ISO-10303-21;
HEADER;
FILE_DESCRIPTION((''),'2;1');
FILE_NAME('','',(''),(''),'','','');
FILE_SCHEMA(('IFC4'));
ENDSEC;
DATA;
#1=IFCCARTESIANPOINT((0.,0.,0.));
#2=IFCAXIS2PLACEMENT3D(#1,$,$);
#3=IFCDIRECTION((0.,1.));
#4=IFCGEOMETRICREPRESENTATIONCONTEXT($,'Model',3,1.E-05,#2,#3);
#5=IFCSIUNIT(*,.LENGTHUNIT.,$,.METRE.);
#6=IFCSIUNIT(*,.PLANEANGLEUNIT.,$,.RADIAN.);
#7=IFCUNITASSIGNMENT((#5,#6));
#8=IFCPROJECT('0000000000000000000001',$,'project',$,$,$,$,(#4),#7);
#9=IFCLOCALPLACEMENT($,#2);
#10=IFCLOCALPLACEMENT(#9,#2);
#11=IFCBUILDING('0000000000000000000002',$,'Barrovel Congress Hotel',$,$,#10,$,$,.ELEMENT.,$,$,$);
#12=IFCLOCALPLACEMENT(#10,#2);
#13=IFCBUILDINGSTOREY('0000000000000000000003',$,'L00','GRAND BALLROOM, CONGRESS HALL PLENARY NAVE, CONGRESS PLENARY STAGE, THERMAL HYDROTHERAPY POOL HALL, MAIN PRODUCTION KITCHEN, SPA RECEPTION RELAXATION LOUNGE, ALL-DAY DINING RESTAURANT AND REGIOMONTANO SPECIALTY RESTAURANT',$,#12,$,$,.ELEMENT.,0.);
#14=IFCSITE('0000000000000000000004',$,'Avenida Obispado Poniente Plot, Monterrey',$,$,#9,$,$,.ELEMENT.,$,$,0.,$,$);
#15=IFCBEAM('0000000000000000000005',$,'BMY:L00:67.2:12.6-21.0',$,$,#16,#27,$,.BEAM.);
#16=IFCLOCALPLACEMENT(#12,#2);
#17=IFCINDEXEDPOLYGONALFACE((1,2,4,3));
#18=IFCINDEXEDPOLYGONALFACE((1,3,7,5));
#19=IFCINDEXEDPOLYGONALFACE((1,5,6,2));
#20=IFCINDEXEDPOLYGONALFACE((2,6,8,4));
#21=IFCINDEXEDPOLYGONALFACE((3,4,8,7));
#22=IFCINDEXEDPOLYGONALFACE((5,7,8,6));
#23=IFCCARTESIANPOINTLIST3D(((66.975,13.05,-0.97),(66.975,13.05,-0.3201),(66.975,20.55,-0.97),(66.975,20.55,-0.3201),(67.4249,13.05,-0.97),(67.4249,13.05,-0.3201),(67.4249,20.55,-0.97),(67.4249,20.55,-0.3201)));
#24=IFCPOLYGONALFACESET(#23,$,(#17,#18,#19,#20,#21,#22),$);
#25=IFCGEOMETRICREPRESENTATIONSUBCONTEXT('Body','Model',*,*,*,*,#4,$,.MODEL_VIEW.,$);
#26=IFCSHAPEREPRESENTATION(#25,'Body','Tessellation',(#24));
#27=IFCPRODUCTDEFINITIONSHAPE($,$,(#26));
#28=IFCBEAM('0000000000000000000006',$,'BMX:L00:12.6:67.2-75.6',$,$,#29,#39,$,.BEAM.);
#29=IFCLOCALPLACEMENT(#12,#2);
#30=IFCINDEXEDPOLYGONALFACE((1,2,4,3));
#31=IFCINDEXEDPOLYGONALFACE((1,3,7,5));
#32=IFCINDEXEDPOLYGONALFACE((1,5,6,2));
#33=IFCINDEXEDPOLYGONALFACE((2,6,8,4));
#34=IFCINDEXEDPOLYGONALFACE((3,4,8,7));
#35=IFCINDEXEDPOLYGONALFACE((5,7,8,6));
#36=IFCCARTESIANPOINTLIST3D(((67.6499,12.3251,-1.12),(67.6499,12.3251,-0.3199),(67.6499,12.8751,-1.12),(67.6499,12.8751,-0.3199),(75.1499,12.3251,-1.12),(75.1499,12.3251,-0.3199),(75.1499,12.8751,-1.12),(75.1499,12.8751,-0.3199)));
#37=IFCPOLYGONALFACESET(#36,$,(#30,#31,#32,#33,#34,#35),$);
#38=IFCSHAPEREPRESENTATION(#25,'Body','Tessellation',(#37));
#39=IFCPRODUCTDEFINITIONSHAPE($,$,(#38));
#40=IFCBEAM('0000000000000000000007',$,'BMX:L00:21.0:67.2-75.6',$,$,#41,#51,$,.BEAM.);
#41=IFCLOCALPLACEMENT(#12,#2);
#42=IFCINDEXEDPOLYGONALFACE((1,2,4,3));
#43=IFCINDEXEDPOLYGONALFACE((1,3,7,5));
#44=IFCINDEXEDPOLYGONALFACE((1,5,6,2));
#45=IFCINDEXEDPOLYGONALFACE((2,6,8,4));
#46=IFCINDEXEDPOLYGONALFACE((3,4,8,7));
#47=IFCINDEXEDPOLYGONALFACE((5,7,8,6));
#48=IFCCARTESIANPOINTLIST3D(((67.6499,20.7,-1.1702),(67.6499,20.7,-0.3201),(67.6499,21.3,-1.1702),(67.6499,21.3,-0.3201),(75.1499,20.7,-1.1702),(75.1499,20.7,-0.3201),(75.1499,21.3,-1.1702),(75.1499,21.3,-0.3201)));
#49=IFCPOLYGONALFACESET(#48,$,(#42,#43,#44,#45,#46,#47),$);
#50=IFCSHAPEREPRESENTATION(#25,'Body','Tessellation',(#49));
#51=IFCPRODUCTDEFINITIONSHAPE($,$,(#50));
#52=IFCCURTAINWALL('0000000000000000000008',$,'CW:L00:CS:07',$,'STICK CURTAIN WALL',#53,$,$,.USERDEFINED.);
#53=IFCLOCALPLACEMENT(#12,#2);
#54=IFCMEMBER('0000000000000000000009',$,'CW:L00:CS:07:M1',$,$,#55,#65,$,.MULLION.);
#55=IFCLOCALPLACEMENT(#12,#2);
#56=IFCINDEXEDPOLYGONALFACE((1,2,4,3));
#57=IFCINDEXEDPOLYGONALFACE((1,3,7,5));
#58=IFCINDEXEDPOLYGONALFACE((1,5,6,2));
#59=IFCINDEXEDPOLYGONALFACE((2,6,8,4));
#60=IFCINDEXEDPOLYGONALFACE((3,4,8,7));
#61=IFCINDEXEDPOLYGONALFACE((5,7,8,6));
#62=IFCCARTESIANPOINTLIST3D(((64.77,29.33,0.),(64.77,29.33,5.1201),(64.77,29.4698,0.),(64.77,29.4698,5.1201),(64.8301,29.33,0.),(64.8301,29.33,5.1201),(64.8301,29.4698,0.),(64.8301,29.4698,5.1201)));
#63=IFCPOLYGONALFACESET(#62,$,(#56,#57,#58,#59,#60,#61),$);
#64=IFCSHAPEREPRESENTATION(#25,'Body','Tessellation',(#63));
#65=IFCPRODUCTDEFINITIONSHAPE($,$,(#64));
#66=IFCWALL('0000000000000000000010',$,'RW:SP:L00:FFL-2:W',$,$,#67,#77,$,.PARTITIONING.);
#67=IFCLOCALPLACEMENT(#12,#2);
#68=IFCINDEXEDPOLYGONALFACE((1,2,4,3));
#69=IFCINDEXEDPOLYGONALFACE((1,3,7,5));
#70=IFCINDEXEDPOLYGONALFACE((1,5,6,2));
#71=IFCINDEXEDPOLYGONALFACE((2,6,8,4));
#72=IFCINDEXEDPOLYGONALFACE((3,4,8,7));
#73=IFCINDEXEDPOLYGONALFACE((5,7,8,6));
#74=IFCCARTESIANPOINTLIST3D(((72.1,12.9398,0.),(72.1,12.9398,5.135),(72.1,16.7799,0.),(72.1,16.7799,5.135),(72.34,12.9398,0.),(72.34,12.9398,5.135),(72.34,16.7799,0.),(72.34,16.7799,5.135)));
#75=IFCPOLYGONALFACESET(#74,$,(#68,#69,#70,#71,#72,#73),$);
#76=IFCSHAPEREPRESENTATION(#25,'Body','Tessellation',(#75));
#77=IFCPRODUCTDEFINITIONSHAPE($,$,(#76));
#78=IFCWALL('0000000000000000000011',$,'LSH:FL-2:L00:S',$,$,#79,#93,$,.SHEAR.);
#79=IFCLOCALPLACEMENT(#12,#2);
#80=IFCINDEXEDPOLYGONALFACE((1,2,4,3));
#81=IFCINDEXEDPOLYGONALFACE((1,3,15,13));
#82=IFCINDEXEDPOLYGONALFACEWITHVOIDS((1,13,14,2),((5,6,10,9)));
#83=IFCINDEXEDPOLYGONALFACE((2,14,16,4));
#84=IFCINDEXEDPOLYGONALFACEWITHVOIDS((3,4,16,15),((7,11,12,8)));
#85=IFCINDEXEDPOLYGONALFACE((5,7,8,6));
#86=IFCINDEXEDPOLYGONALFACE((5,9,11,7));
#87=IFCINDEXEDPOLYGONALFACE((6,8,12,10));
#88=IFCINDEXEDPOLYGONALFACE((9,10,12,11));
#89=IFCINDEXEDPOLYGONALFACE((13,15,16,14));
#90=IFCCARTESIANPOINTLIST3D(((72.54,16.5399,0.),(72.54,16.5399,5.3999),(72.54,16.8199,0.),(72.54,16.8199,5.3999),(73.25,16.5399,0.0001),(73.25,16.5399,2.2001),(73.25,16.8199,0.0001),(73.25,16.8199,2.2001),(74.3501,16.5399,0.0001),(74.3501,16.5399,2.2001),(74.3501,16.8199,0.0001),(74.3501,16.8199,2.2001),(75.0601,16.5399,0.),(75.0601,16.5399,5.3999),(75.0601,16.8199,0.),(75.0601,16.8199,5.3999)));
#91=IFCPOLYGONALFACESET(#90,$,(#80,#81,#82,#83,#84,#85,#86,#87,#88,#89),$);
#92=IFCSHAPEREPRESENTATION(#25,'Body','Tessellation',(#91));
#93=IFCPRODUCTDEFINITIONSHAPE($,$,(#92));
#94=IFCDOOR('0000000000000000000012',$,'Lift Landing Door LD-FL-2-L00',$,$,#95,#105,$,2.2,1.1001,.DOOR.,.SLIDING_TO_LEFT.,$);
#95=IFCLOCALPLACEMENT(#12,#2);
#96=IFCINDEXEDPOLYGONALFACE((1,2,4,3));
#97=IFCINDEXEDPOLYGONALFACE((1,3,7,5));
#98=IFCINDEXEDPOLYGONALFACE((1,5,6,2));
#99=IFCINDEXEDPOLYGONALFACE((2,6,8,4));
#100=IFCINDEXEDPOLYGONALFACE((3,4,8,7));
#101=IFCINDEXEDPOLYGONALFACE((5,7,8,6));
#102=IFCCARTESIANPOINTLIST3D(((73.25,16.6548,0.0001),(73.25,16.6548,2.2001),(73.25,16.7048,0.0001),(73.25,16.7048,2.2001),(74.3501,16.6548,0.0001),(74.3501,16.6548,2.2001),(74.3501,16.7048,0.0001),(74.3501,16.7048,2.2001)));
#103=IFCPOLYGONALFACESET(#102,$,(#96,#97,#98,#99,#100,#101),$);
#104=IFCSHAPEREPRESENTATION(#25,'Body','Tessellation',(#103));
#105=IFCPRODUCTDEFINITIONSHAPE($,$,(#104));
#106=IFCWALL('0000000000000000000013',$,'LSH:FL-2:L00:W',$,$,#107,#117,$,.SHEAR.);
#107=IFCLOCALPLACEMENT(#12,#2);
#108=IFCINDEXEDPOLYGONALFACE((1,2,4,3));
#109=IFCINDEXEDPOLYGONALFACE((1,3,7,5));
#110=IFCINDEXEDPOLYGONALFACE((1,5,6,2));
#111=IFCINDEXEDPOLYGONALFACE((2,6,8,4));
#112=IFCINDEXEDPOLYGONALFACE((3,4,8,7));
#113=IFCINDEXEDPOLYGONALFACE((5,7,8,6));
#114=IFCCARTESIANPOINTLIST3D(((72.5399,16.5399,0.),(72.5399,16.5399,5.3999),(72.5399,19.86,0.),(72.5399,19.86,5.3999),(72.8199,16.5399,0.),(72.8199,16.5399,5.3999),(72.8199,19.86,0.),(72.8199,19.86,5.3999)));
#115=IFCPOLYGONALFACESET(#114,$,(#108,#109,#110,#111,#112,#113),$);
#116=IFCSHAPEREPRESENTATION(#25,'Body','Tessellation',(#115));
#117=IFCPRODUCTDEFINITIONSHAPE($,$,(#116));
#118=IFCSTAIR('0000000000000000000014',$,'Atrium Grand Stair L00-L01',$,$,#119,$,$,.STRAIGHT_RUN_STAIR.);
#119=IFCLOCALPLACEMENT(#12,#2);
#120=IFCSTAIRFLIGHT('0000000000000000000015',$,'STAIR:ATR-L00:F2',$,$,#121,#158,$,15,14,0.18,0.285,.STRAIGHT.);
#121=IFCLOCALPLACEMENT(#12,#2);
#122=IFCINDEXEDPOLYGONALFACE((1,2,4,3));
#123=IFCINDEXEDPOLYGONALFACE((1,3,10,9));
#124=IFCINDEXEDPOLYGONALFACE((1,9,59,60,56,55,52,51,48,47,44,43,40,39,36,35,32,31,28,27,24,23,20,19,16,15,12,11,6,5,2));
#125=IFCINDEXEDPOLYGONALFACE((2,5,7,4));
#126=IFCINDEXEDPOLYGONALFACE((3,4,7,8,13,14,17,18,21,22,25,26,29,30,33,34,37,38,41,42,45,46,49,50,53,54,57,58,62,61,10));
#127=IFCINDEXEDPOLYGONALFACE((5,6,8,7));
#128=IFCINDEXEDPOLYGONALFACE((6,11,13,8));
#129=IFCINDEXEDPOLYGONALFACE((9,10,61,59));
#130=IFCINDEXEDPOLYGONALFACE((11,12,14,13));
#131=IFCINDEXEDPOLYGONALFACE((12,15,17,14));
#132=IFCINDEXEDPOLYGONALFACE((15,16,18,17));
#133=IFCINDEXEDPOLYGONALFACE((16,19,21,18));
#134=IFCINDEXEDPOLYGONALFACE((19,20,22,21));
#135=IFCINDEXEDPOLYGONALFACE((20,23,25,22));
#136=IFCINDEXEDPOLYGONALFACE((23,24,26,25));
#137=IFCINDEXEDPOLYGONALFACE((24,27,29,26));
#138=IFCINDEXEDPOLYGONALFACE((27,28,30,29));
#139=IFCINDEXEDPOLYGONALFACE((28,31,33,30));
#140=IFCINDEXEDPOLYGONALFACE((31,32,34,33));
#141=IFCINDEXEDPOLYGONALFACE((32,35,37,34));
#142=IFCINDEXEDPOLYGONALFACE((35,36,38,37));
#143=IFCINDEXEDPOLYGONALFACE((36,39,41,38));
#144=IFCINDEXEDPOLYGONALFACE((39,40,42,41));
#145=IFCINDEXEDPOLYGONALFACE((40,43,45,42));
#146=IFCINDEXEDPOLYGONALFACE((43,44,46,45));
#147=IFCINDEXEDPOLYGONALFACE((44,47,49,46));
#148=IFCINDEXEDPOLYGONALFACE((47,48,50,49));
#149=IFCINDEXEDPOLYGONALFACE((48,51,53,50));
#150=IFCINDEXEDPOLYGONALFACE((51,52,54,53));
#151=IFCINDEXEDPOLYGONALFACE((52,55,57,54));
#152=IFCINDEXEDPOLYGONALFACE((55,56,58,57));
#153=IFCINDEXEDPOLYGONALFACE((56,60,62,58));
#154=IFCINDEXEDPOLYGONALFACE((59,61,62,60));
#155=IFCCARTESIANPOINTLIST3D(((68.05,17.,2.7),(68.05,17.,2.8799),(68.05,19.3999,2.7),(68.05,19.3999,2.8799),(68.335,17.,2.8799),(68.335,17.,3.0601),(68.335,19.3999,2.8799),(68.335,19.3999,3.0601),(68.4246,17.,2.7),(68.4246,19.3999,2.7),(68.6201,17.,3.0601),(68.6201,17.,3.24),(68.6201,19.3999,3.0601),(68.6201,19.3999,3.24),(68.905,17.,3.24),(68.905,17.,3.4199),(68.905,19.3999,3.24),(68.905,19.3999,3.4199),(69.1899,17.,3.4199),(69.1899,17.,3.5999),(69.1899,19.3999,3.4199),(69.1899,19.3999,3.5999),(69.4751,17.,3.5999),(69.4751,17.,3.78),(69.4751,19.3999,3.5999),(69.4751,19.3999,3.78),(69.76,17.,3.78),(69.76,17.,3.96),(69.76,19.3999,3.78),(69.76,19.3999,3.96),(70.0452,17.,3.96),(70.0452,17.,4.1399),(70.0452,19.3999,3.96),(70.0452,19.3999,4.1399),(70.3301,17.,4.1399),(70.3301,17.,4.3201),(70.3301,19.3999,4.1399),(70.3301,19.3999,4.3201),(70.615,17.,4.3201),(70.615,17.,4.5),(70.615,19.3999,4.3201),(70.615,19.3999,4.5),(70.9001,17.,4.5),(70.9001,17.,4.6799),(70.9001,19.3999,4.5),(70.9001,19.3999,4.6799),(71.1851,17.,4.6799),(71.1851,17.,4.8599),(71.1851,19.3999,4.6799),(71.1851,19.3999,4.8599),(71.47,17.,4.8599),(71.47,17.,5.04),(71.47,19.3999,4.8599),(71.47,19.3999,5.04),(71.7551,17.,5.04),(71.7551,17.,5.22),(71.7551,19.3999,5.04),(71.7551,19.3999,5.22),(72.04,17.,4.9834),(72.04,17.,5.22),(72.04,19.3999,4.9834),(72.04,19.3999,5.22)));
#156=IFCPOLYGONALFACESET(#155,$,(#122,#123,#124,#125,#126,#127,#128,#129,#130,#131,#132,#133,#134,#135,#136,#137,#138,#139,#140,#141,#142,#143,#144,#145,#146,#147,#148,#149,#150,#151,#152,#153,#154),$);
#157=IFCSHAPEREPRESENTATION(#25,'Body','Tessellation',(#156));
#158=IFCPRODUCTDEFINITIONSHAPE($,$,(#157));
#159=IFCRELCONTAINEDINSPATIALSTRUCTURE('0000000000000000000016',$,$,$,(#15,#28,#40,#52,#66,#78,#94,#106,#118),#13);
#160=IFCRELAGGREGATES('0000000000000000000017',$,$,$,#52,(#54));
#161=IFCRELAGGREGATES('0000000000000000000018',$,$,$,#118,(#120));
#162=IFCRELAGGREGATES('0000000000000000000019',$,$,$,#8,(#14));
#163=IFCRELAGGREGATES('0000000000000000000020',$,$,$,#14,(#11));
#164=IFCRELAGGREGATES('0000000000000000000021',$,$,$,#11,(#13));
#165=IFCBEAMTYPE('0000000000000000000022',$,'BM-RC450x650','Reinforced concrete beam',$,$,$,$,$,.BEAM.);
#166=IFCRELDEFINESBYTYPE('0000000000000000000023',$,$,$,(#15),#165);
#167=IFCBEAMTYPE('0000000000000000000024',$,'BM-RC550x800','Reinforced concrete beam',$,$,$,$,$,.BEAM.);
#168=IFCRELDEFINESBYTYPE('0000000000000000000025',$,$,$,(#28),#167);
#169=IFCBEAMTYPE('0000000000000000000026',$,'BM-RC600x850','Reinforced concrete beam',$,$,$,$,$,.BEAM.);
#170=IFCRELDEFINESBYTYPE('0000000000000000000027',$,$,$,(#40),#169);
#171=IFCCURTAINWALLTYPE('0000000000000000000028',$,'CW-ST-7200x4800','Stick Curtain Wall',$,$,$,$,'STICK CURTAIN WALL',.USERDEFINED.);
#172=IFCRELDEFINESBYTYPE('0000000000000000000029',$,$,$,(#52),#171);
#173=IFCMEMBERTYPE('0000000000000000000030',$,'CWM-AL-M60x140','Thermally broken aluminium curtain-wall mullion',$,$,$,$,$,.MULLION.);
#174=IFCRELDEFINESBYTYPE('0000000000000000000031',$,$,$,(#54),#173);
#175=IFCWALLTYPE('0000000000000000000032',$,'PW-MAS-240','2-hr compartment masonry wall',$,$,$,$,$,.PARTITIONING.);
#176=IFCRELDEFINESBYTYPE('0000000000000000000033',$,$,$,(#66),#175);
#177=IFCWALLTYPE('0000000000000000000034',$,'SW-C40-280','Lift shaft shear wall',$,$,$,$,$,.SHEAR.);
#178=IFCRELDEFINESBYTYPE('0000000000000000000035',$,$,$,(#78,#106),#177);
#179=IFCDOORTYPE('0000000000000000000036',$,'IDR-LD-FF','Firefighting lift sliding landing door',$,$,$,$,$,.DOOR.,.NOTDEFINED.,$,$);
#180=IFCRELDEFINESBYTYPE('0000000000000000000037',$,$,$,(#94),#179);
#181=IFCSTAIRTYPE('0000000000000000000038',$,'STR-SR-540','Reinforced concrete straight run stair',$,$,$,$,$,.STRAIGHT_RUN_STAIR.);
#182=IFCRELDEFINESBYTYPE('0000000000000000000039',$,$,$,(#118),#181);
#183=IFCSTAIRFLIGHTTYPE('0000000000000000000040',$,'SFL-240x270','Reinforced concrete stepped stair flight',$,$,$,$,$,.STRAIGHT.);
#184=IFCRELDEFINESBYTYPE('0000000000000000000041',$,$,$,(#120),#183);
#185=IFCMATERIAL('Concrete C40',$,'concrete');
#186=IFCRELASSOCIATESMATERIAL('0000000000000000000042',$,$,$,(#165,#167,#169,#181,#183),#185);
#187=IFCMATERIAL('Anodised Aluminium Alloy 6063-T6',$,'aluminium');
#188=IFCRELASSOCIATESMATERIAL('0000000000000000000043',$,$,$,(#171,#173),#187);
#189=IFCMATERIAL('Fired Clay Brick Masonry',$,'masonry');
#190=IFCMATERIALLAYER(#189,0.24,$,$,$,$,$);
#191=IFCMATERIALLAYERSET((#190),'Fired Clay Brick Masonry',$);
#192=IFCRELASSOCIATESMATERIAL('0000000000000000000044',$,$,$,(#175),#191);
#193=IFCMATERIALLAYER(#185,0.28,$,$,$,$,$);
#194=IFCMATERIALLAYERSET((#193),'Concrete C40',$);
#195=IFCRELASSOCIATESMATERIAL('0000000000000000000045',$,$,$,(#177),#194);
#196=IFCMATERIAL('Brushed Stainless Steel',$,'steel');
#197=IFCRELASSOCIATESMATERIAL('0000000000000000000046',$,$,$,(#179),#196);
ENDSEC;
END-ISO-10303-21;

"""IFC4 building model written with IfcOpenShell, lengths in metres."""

from ifc_helpers import new_model, si_unit, direction, frame, frame_2d, origin, origin_2d, place, context, subcontext, project, spatial, polyline, rectangle, outline, extrude, material, layer, layer_set, material_profile, profile_set, type_object, element, fill, aggregate, save


model = new_model("IFC4")

# Units and contexts
model_context = context("Model", 3, precision=1e-05, world=origin(), true_north=direction((0.0, 1.0)))
body_context = subcontext(model_context, "Body", "Model", "MODEL_VIEW")
ifc_project = project(units=[si_unit("LENGTHUNIT", "METRE"), si_unit("PLANEANGLEUNIT", "RADIAN")], contexts=[model_context])

# Site, building, storey
site_placement = place(None, origin())
site = spatial("IfcSite", under=ifc_project, at=site_placement, Name="Avenida Obispado Poniente Plot, Monterrey", CompositionType="ELEMENT", RefElevation=0.0)
building_placement = place(site_placement, origin())
building = spatial("IfcBuilding", under=site, at=building_placement, Name="Barrovel Congress Hotel", CompositionType="ELEMENT")
storey_placement = place(building_placement, origin())
storey = spatial("IfcBuildingStorey", under=building, at=storey_placement, Name="L00", Description="GRAND BALLROOM, CONGRESS HALL PLENARY NAVE, CONGRESS PLENARY STAGE, THERMAL HYDROTHERAPY POOL HALL, MAIN PRODUCTION KITCHEN, SPA RECEPTION RELAXATION LOUNGE, ALL-DAY DINING RESTAURANT AND REGIOMONTANO SPECIALTY RESTAURANT", CompositionType="ELEMENT", Elevation=0.0)

# Beams
ifc_material_1 = material(Name="Concrete C40", Category="concrete")
ifc_material_profile_1 = material_profile(ifc_material_1, rectangle(XDim=0.45, YDim=0.6499, at=origin_2d()), Name="RC450x650")
ifc_profile_set_1 = profile_set([ifc_material_profile_1], Name="Concrete C40")
beam_type_1 = type_object("IfcBeamType", Name="BM-RC450x650", Description="Reinforced concrete beam", PredefinedType="BEAM", material=ifc_profile_set_1)
beam_1_placement = place(storey_placement, frame((67.2, 13.05, -0.645), z_axis=(0.0, 1.0, 0.0), x_axis=(-1.0, 0.0, 0.0)))
element("IfcBeam", 1, at=beam_1_placement, inside=storey, type_object=beam_type_1, Name="BMY:L00:67.2:12.6-21.0", PredefinedType="BEAM", context=body_context, shape_type="SweptSolid", body=[
    extrude(rectangle(XDim=0.45, YDim=0.6499, at=origin_2d()), origin(), (0.0, 0.0, 1.0), 7.5),
])
ifc_material_profile_2 = material_profile(ifc_material_1, rectangle(XDim=0.55, YDim=0.8, at=origin_2d()), Name="RC550x800")
ifc_profile_set_2 = profile_set([ifc_material_profile_2], Name="Concrete C40")
beam_type_2 = type_object("IfcBeamType", Name="BM-RC550x800", Description="Reinforced concrete beam", PredefinedType="BEAM", material=ifc_profile_set_2)
beam_2_placement = place(storey_placement, frame((67.6499, 12.6001, -0.72), z_axis=(1.0, 0.0, 0.0), x_axis=(0.0, 1.0, 0.0)))
element("IfcBeam", 2, at=beam_2_placement, inside=storey, type_object=beam_type_2, Name="BMX:L00:12.6:67.2-75.6", PredefinedType="BEAM", context=body_context, shape_type="SweptSolid", body=[
    extrude(rectangle(XDim=0.55, YDim=0.8, at=origin_2d()), origin(), (0.0, 0.0, 1.0), 7.5),
])
ifc_material_profile_3 = material_profile(ifc_material_1, rectangle(XDim=0.6001, YDim=0.8501, at=origin_2d()), Name="RC600x850")
ifc_profile_set_3 = profile_set([ifc_material_profile_3], Name="Concrete C40")
beam_type_3 = type_object("IfcBeamType", Name="BM-RC600x850", Description="Reinforced concrete beam", PredefinedType="BEAM", material=ifc_profile_set_3)
beam_3_placement = place(storey_placement, frame((67.6499, 21.0, -0.7451), z_axis=(1.0, 0.0, 0.0), x_axis=(0.0, 1.0, 0.0)))
element("IfcBeam", 3, at=beam_3_placement, inside=storey, type_object=beam_type_3, Name="BMX:L00:21.0:67.2-75.6", PredefinedType="BEAM", context=body_context, shape_type="SweptSolid", body=[
    extrude(rectangle(XDim=0.6001, YDim=0.8501, at=origin_2d()), origin(), (0.0, 0.0, 1.0), 7.5),
])

# Curtain wall, member
ifc_material_2 = material(Name="Anodised Aluminium Alloy 6063-T6", Category="aluminium")
curtain_wall_type = type_object("IfcCurtainWallType", Name="CW-ST-7200x4800", Description="Stick Curtain Wall", ElementType="STICK CURTAIN WALL", PredefinedType="USERDEFINED", material=ifc_material_2)
curtain_wall_placement = place(storey_placement, origin())
curtain_wall = element("IfcCurtainWall", 4, at=curtain_wall_placement, inside=storey, type_object=curtain_wall_type, Name="CW:L00:CS:07", ObjectType="STICK CURTAIN WALL", PredefinedType="USERDEFINED")
ifc_material_profile_4 = material_profile(ifc_material_2, rectangle(XDim=0.0601, YDim=0.1399, at=origin_2d()), Name="AL-M60x140")
ifc_profile_set_4 = profile_set([ifc_material_profile_4], Name="Anodised Aluminium Alloy 6063-T6")
member_type = type_object("IfcMemberType", Name="CWM-AL-M60x140", Description="Thermally broken aluminium curtain-wall mullion", PredefinedType="MULLION", material=ifc_profile_set_4)
member_placement = place(storey_placement, frame((64.8, 29.3999, 0.0), z_axis=(0.0, 0.0, 1.0), x_axis=(1.0, 0.0, 0.0)))
member = element("IfcMember", 5, at=member_placement, type_object=member_type, Name="CW:L00:CS:07:M1", PredefinedType="MULLION", context=body_context, shape_type="SweptSolid", body=[
    extrude(rectangle(XDim=0.0601, YDim=0.1399, at=origin_2d()), origin(), (0.0, 0.0, 1.0), 5.1201),
])
aggregate(curtain_wall, [member])

# Shared definitions
ifc_material_3 = material(Name="Fired Clay Brick Masonry", Category="masonry")
ifc_layer_1 = layer(ifc_material_3, 0.24)
ifc_layer_set_1 = layer_set([ifc_layer_1], Name="Fired Clay Brick Masonry")
wall_type_1 = type_object("IfcWallType", Name="PW-MAS-240", Description="2-hr compartment masonry wall", PredefinedType="PARTITIONING", material=ifc_layer_set_1)

# Wall
wall_1_placement = place(storey_placement, frame((72.22, 12.9399, 0.0), z_axis=(0.0, 0.0, 1.0), x_axis=(0.0, 1.0, 0.0)))
element("IfcWall", 6, at=wall_1_placement, inside=storey, type_object=wall_type_1, Name="RW:SP:L00:FFL-2:W", PredefinedType="PARTITIONING", context=body_context, shape_type="SweptSolid", body=[
    extrude(rectangle(XDim=3.8401, YDim=0.24, at=frame_2d((1.9199, 0.0))), origin(), (0.0, 0.0, 1.0), 5.135),
])

# Wall, opening, door
ifc_layer_2 = layer(ifc_material_1, 0.28)
ifc_layer_set_2 = layer_set([ifc_layer_2], Name="Concrete C40")
wall_type_2 = type_object("IfcWallType", Name="SW-C40-280", Description="Lift shaft shear wall", PredefinedType="SHEAR", material=ifc_layer_set_2)
wall_2_placement = place(storey_placement, frame((72.54, 16.6799, 0.0), z_axis=(0.0, 0.0, 1.0), x_axis=(1.0, 0.0, 0.0)))
wall_2 = element("IfcWall", 7, at=wall_2_placement, inside=storey, type_object=wall_type_2, Name="LSH:FL-2:L00:S", PredefinedType="SHEAR", context=body_context, shape_type="SweptSolid", body=[
    extrude(rectangle(XDim=2.52, YDim=0.28, at=frame_2d((1.26, 0.0))), origin(), (0.0, 0.0, 1.0), 5.3999),
])
opening_1_placement = place(wall_2_placement, frame((0.71, 0.0, 0.0)))
opening_1 = element("IfcOpeningElement", 8, at=opening_1_placement, cuts=wall_2, PredefinedType="OPENING", context=body_context, shape_type="SweptSolid", body=[
    extrude(rectangle(XDim=1.1001, YDim=2.2, at=frame_2d((0.55, 1.1001))), frame((0.0, 0.1499, 0.0), z_axis=(0.0, -1.0, 0.0), x_axis=(1.0, 0.0, 0.0)), (0.0, 0.0, 1.0), 0.3),
])
ifc_material_4 = material(Name="Brushed Stainless Steel", Category="steel")
door_type_1 = type_object("IfcDoorType", Name="IDR-LD-FF", Description="Firefighting lift sliding landing door", OperationType="NOTDEFINED", PredefinedType="DOOR", material=ifc_material_4)
door_1_placement = place(opening_1_placement, origin())
door_1 = element("IfcDoor", 9, at=door_1_placement, inside=storey, type_object=door_type_1, Name="Lift Landing Door LD-FL-2-L00", OperationType="SLIDING_TO_LEFT", OverallHeight=2.2, OverallWidth=1.1001, PredefinedType="DOOR", context=body_context, shape_type="SweptSolid", body=[
    extrude(rectangle(XDim=1.1001, YDim=2.2, at=frame_2d((0.55, 1.1001))), frame((0.0, 0.0249, 0.0), z_axis=(0.0, -1.0, 0.0), x_axis=(1.0, 0.0, 0.0)), (0.0, 0.0, 1.0), 0.05),
])
fill(opening_1, door_1)

# Wall
wall_3_placement = place(storey_placement, frame((72.6799, 19.8601, 0.0), z_axis=(0.0, 0.0, 1.0), x_axis=(0.0, -1.0, 0.0)))
element("IfcWall", 10, at=wall_3_placement, inside=storey, type_object=wall_type_2, Name="LSH:FL-2:L00:W", PredefinedType="SHEAR", context=body_context, shape_type="SweptSolid", body=[
    extrude(rectangle(XDim=3.3201, YDim=0.28, at=frame_2d((1.6602, 0.0))), origin(), (0.0, 0.0, 1.0), 5.3999),
])

# Stair, stair flight
stair_type = type_object("IfcStairType", Name="STR-SR-540", Description="Reinforced concrete straight run stair", PredefinedType="STRAIGHT_RUN_STAIR", material=ifc_material_1)
stair_placement = place(storey_placement, origin())
stair = element("IfcStair", 11, at=stair_placement, inside=storey, type_object=stair_type, Name="Atrium Grand Stair L00-L01", PredefinedType="STRAIGHT_RUN_STAIR")
stair_flight_type = type_object("IfcStairFlightType", Name="SFL-240x270", Description="Reinforced concrete stepped stair flight", PredefinedType="STRAIGHT", material=ifc_material_1)
stair_flight_placement = place(storey_placement, frame((68.05, 18.2, 2.7), z_axis=(0.0, 0.0, 1.0), x_axis=(1.0, 0.0, 0.0)))
stair_flight = element("IfcStairFlight", 12, at=stair_flight_placement, type_object=stair_flight_type, Name="STAIR:ATR-L00:F2", NumberOfRisers=15, NumberOfTreads=14, PredefinedType="STRAIGHT", RiserHeight=0.18, TreadLength=0.285, context=body_context, shape_type="SweptSolid", body=[
    extrude(outline(polyline([(0.0, 0.0), (0.0, 0.1799), (0.2849, 0.1799), (0.2849, 0.3601), (0.5701, 0.3601), (0.5701, 0.54), (0.855, 0.54), (0.855, 0.72), (1.1399, 0.72), (1.1399, 0.8999), (1.425, 0.8999), (1.425, 1.0801), (1.71, 1.0801), (1.71, 1.26), (1.9951, 1.26), (1.9951, 1.4399), (2.28, 1.4399), (2.28, 1.6201), (2.5649, 1.6201), (2.5649, 1.8), (2.8501, 1.8), (2.8501, 1.98), (3.135, 1.98), (3.135, 2.1599), (3.4199, 2.1599), (3.4199, 2.3401), (3.7051, 2.3401), (3.7051, 2.52), (3.99, 2.52), (3.99, 2.7), (3.99, 2.2834), (0.3745, 0.0), (0.0, 0.0)])), frame((0.0, 1.2, 0.0), z_axis=(0.0, -1.0, 0.0), x_axis=(1.0, 0.0, 0.0)), (0.0, 0.0, 1.0), 2.3999),
])
aggregate(stair, [stair_flight])

save(model, "model.ifc")
